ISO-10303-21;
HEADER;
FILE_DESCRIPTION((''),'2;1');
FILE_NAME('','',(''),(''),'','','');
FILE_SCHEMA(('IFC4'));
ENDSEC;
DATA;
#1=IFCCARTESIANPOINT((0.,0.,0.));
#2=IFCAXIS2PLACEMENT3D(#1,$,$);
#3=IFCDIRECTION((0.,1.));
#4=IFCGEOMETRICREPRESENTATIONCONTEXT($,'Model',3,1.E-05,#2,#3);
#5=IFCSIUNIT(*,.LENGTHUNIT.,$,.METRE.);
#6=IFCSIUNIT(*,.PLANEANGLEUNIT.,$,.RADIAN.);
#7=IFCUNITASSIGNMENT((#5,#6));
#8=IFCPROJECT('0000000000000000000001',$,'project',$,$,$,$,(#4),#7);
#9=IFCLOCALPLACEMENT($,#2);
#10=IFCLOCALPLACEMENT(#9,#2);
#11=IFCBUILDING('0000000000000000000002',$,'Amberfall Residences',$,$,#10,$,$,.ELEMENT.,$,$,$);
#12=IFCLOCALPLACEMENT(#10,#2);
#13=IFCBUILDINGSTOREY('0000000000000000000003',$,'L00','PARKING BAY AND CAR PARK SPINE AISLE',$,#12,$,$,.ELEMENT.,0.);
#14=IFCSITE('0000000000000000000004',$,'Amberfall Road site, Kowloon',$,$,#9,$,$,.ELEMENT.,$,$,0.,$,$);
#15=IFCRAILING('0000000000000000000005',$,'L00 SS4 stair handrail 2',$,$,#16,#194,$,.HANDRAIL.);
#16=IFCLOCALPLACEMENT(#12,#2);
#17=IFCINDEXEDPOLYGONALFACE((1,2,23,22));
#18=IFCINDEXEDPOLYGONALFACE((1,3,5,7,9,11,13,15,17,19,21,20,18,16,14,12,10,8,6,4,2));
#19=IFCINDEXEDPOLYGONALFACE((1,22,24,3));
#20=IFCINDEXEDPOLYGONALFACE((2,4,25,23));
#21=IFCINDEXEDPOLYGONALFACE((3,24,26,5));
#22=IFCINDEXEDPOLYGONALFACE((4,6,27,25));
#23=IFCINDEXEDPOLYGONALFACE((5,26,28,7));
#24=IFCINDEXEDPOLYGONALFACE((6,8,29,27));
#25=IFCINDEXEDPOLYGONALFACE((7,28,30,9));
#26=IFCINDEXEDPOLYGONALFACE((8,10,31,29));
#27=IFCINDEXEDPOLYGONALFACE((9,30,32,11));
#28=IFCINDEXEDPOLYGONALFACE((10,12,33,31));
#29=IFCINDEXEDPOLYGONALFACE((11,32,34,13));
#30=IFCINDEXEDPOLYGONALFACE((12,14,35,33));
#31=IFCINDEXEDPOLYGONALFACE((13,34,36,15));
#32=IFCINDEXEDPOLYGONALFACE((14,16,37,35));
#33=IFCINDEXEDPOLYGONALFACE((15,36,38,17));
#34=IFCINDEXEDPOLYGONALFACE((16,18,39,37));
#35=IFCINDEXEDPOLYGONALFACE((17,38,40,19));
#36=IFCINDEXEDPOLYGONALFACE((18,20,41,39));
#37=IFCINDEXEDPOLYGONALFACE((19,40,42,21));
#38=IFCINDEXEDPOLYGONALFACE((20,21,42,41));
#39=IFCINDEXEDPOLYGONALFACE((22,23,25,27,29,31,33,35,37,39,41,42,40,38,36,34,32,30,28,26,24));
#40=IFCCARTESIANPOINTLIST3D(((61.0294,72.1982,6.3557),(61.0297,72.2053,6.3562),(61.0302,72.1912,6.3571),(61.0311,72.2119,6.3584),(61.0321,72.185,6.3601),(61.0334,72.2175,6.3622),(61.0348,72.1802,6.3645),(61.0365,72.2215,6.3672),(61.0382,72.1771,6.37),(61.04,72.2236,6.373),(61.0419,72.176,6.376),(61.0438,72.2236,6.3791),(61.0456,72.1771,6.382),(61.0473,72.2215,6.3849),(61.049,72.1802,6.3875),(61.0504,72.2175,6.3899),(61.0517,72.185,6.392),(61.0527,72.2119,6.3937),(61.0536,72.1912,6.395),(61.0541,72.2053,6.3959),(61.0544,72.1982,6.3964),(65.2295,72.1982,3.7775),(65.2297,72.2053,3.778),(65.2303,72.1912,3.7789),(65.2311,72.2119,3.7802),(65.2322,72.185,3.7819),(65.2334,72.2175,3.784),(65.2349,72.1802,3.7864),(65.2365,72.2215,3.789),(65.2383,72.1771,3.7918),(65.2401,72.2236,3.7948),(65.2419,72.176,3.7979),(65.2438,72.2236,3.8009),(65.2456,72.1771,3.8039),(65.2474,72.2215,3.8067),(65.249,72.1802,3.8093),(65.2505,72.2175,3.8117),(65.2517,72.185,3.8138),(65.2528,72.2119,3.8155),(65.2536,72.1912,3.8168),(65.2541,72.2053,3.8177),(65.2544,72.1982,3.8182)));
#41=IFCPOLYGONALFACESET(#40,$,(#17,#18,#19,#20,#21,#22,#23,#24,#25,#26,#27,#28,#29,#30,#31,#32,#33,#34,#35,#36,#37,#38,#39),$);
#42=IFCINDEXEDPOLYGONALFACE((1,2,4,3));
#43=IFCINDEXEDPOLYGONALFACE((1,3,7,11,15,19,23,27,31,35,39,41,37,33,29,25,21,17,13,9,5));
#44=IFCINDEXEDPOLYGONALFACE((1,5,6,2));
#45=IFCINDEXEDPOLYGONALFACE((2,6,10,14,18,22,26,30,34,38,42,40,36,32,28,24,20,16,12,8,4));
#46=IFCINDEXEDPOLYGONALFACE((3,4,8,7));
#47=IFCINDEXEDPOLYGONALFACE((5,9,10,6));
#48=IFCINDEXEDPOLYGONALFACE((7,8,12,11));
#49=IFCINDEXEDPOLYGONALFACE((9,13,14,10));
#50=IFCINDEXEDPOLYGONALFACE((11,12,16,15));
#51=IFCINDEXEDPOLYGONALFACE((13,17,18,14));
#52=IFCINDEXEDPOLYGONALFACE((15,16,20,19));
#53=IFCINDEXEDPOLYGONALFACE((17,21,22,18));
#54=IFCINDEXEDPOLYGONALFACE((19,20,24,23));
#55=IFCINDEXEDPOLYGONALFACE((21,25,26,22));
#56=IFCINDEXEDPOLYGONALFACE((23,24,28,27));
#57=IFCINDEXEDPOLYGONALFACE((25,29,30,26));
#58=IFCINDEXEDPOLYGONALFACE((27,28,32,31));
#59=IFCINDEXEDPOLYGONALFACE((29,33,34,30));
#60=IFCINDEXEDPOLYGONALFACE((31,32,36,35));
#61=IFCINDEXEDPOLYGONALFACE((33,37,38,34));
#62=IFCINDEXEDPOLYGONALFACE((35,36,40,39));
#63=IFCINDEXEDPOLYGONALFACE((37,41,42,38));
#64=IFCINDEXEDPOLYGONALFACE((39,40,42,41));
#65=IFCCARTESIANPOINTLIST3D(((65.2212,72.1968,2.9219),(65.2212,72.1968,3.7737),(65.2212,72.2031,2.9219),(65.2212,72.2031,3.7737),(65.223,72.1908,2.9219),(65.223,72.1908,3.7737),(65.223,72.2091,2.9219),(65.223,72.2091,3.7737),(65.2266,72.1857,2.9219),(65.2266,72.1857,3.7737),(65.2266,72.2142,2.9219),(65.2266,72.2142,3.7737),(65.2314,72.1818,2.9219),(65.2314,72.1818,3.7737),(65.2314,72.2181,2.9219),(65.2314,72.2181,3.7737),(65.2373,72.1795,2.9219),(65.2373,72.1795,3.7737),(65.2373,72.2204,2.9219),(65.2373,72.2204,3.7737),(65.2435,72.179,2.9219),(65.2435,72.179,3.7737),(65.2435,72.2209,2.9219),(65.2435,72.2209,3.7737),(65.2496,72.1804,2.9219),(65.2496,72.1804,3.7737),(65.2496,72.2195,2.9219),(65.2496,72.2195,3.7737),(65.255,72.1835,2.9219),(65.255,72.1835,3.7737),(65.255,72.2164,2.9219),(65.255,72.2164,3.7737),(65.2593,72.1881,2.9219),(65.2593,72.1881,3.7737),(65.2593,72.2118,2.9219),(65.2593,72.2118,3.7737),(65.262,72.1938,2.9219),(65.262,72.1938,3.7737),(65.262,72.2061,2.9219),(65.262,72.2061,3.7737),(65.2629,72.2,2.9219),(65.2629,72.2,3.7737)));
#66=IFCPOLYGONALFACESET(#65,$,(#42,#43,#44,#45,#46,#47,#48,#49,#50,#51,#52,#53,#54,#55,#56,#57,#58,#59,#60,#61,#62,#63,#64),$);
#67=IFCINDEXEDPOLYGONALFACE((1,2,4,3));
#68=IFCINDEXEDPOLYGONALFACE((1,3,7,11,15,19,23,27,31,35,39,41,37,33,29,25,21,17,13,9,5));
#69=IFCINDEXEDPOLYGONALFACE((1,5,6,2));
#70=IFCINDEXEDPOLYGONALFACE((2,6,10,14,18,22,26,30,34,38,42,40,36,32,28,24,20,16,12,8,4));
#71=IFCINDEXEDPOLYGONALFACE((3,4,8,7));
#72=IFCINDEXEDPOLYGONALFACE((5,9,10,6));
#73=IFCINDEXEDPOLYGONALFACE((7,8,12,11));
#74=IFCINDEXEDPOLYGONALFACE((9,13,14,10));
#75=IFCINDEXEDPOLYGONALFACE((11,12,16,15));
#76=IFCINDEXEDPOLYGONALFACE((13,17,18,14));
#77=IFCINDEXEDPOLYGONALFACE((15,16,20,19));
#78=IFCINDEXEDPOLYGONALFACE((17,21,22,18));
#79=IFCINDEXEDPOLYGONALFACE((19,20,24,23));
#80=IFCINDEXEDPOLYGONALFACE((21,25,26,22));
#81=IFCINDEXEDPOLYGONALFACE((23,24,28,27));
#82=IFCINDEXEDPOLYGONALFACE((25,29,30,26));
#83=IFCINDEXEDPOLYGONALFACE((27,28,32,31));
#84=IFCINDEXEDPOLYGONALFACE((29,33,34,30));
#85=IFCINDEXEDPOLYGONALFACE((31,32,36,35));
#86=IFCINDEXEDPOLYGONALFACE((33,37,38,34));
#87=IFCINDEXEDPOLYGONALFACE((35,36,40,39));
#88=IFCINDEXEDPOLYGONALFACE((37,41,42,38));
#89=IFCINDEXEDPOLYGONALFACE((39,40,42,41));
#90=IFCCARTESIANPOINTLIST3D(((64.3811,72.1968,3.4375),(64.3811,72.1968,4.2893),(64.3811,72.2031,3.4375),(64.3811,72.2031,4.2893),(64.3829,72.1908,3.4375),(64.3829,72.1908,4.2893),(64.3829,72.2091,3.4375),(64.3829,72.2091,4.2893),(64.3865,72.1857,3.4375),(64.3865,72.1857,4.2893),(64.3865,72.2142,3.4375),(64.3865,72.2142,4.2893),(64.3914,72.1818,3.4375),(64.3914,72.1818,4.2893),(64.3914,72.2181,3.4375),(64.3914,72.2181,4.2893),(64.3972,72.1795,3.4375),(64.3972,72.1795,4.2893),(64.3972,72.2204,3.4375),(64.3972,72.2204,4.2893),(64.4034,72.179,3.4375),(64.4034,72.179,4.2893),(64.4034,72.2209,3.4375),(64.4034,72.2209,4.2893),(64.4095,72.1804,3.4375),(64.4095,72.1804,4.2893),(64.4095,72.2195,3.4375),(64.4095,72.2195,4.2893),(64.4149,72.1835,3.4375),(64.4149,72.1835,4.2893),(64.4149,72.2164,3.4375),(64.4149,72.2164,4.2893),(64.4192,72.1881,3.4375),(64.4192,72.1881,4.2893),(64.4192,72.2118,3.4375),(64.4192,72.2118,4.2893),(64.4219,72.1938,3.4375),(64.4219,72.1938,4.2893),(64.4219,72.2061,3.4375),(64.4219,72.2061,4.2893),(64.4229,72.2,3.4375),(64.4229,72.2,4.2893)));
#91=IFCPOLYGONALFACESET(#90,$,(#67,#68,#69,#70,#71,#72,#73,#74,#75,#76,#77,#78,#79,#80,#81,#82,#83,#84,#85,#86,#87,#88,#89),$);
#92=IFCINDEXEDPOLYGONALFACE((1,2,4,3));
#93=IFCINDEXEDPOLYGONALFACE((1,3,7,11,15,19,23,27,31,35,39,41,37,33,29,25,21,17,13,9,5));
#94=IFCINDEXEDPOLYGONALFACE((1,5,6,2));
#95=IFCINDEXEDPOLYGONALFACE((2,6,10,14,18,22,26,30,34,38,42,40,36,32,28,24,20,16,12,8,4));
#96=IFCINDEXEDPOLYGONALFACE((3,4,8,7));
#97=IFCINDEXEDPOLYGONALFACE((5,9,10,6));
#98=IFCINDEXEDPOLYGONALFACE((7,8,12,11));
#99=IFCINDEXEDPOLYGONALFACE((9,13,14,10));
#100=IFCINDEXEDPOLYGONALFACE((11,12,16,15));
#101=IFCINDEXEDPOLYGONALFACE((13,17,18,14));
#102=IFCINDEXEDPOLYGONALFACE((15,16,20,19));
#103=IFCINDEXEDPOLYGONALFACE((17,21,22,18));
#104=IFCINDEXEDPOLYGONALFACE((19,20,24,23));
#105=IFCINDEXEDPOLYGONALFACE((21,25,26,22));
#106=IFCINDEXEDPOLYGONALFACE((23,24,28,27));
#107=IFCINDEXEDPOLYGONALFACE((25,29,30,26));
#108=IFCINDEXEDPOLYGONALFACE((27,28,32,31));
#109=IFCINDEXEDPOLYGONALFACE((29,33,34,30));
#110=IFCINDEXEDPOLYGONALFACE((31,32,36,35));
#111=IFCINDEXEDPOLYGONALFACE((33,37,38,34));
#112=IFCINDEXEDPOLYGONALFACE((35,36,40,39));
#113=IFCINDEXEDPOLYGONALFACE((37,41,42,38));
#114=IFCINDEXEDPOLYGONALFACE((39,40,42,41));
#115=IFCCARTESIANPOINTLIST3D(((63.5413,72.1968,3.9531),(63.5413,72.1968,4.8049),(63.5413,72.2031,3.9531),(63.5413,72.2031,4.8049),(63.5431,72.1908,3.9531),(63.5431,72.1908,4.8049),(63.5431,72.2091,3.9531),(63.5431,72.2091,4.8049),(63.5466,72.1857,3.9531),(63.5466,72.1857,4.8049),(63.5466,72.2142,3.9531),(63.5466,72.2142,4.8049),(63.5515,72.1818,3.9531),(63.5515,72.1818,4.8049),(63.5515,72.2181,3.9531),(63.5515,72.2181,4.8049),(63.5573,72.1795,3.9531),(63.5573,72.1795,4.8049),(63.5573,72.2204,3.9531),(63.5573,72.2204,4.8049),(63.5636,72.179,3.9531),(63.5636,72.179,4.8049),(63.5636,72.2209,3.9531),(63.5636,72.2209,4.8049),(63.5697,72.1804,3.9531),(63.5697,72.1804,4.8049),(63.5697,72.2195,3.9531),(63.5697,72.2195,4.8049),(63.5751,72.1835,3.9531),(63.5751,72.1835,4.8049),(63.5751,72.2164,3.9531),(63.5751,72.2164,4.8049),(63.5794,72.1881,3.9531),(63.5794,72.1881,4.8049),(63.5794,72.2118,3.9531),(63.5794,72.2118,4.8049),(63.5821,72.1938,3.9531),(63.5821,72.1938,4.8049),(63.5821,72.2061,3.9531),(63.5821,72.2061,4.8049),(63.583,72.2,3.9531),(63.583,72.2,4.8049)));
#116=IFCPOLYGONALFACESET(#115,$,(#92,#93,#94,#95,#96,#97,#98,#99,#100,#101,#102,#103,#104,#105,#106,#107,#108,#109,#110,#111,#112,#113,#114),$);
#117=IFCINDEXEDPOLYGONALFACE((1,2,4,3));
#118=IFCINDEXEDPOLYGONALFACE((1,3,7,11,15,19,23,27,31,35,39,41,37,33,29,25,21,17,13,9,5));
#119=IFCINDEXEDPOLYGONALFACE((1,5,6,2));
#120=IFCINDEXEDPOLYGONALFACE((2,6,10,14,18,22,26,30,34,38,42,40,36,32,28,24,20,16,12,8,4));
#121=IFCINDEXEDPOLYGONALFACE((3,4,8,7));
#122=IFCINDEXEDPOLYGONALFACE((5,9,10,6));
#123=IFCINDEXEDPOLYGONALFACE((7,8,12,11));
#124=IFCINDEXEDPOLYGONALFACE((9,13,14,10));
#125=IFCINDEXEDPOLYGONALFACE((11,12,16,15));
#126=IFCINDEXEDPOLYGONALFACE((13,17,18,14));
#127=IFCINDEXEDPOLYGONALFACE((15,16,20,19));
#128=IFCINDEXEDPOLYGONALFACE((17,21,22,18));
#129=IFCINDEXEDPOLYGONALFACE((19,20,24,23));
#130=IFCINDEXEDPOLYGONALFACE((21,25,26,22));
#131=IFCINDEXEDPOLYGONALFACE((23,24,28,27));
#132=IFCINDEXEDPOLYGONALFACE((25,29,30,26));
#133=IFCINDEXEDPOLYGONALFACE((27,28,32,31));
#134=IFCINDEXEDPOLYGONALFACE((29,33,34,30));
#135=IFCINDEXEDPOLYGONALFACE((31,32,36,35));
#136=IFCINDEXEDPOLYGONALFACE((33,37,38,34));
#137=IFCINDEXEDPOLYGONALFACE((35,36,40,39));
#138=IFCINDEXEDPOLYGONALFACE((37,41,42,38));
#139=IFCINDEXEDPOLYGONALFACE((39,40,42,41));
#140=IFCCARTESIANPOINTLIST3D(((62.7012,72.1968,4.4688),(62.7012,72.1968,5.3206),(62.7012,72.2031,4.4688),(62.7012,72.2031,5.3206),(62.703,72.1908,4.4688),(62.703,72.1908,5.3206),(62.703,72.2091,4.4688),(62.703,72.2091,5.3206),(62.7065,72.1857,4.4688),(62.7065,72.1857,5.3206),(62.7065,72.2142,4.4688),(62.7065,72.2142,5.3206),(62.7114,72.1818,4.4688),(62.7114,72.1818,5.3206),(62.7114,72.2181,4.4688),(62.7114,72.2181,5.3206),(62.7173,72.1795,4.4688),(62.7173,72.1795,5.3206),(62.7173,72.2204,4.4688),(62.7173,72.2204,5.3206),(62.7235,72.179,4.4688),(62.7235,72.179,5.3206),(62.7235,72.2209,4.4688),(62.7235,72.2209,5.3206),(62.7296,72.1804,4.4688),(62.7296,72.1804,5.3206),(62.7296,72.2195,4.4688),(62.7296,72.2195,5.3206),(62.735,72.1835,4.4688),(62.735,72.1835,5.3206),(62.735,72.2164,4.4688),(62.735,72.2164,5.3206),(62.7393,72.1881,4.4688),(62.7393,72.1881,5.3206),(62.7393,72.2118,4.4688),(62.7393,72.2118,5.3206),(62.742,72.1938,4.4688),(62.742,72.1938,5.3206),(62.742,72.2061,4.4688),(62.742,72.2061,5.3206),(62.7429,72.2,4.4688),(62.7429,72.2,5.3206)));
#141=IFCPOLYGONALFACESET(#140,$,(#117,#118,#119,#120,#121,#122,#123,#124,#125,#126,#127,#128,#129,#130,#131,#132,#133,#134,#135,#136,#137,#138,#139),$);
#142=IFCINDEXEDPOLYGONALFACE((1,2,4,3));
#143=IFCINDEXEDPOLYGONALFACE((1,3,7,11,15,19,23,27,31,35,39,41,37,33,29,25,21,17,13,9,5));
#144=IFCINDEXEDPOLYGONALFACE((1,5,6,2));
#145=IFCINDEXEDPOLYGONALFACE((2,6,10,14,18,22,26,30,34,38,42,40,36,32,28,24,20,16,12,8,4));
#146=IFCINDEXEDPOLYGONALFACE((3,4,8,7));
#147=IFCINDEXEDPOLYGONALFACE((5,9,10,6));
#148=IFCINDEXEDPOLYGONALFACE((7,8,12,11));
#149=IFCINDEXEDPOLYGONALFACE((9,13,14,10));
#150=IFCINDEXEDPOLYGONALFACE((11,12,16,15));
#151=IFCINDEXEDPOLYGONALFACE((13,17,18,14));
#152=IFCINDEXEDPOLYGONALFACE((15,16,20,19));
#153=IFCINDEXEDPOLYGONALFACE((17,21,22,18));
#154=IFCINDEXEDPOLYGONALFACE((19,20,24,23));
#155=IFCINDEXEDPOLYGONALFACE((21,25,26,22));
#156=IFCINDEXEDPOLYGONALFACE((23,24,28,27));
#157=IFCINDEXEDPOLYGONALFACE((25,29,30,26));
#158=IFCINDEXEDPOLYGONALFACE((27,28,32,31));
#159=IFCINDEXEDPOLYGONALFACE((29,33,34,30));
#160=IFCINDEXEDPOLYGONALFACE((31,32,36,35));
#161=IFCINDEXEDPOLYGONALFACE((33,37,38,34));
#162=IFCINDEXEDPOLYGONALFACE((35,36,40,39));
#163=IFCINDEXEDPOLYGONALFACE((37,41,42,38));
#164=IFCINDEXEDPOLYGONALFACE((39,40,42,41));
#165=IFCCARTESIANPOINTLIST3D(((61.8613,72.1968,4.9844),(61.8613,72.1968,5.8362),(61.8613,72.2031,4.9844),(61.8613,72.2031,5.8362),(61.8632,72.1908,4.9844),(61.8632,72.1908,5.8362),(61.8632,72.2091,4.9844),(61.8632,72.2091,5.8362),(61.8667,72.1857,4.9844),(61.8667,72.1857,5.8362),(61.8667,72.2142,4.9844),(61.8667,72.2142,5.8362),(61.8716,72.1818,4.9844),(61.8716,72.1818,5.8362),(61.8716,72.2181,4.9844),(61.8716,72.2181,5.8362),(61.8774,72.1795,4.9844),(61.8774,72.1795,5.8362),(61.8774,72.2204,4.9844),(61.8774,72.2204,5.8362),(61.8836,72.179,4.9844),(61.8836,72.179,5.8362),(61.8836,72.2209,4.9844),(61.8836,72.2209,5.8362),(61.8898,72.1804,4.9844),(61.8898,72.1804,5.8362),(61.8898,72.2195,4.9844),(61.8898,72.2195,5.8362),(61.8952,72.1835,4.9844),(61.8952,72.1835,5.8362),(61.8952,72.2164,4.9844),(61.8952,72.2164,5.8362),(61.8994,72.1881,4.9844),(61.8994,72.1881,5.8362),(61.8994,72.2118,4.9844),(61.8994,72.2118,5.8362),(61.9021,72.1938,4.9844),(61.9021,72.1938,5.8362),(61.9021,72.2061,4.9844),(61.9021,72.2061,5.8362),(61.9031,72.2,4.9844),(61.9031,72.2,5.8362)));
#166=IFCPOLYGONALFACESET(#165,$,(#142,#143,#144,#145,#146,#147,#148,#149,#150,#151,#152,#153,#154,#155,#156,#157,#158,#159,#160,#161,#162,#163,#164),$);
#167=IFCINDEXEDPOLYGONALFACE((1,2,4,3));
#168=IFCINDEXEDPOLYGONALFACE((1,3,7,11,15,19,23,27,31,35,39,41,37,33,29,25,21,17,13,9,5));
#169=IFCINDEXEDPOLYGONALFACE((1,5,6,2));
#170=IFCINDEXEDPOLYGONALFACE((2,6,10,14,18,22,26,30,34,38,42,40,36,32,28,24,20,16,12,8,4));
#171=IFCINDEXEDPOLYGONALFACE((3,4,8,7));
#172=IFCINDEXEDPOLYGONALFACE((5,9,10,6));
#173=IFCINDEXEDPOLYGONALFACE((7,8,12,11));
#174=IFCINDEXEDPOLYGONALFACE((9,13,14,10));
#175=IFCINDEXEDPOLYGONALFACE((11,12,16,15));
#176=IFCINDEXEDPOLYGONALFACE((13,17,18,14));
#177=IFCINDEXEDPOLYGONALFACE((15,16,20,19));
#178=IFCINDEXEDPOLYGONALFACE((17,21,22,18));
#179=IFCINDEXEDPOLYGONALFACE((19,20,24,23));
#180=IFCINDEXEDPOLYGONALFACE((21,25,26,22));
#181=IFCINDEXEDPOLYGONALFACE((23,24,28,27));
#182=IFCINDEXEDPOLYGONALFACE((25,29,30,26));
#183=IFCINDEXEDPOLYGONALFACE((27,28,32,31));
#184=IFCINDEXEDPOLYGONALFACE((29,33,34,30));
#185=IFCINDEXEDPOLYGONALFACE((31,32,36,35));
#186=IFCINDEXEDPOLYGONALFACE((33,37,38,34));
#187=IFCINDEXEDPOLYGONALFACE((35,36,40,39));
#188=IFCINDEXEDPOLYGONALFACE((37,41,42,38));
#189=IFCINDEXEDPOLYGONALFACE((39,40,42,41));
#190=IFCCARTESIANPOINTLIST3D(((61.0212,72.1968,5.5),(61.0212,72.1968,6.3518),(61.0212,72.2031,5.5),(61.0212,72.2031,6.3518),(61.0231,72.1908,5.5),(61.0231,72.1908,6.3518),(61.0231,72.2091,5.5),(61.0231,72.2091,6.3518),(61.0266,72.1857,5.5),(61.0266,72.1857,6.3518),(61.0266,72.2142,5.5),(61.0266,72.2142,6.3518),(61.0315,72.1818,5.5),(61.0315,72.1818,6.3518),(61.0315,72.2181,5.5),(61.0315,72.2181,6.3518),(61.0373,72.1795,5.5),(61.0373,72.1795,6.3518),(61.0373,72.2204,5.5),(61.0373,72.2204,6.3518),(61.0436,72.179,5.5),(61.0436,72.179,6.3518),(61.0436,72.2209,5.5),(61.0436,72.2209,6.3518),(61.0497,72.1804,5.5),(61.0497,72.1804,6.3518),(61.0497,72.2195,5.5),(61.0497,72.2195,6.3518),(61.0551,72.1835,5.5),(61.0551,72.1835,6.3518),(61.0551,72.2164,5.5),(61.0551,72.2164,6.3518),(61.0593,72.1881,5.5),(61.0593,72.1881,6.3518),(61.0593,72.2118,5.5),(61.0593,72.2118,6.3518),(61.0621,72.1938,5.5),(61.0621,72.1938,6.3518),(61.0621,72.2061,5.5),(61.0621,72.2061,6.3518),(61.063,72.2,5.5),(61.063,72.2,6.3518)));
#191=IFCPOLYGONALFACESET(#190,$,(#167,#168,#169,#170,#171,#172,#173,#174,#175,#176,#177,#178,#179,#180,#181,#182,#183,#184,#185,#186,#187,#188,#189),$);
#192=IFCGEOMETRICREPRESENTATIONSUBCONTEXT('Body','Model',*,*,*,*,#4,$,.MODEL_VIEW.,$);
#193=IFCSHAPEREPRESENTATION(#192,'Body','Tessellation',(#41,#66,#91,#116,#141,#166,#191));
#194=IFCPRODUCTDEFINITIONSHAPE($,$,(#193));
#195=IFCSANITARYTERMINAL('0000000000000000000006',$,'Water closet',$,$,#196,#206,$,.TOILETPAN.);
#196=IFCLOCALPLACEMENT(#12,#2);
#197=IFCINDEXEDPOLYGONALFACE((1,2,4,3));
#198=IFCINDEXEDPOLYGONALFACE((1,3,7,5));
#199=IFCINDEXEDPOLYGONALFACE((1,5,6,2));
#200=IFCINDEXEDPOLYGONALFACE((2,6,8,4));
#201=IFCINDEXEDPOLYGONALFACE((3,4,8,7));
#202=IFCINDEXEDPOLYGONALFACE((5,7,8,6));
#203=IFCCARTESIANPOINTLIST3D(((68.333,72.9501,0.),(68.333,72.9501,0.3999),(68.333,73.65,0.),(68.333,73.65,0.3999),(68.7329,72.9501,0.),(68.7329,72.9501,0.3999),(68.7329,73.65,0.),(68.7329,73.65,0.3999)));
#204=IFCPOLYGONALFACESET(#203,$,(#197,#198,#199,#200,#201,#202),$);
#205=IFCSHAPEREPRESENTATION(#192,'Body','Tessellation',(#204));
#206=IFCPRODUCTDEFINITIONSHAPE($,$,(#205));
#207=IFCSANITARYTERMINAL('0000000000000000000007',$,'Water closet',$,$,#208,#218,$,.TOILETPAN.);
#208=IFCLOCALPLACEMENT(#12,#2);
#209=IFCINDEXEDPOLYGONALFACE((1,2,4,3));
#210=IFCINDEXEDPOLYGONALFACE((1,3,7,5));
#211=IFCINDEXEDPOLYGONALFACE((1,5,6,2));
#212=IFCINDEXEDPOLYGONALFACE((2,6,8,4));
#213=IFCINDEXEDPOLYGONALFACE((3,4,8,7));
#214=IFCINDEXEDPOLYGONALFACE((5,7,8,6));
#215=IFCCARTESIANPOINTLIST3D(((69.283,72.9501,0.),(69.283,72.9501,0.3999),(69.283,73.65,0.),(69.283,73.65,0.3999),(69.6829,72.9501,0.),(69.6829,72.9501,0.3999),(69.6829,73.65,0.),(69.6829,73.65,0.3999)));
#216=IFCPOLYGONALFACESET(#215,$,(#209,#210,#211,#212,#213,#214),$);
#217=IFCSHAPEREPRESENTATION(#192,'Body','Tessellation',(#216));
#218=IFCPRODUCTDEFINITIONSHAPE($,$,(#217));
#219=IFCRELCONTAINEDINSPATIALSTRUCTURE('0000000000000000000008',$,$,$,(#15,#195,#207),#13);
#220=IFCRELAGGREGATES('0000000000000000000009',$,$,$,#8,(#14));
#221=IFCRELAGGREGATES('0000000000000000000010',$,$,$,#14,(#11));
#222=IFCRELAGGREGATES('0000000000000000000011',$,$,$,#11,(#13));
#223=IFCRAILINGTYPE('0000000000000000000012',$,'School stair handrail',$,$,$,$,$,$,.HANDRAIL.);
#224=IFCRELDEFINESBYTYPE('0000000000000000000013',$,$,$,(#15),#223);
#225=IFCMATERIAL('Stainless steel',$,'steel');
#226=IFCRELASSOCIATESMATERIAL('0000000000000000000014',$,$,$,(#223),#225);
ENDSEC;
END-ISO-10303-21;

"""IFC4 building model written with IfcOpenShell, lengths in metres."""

from ifc_helpers import new_model, si_unit, direction, frame, origin, origin_2d, place, context, subcontext, project, spatial, rectangle, circle, extrude, material, type_object, element, save


model = new_model("IFC4")

# Units and contexts
model_context = context("Model", 3, precision=1e-05, world=origin(), true_north=direction((0.0, 1.0)))
body_context = subcontext(model_context, "Body", "Model", "MODEL_VIEW")
ifc_project = project(units=[si_unit("LENGTHUNIT", "METRE"), si_unit("PLANEANGLEUNIT", "RADIAN")], contexts=[model_context])

# Site, building, storey
site_placement = place(None, origin())
site = spatial("IfcSite", under=ifc_project, at=site_placement, Name="Amberfall Road site, Kowloon", CompositionType="ELEMENT", RefElevation=0.0)
building_placement = place(site_placement, origin())
building = spatial("IfcBuilding", under=site, at=building_placement, Name="Amberfall Residences", CompositionType="ELEMENT")
storey_placement = place(building_placement, origin())
storey = spatial("IfcBuildingStorey", under=building, at=storey_placement, Name="L00", Description="PARKING BAY AND CAR PARK SPINE AISLE", CompositionType="ELEMENT", Elevation=0.0)

# Railing
ifc_material_1 = material(Name="Stainless steel", Category="steel")
railing_type_1 = type_object("IfcRailingType", Name="School stair handrail", PredefinedType="HANDRAIL", material=ifc_material_1)
railing_1_placement = place(storey_placement, frame((65.2419, 72.2, 2.9219)))
element("IfcRailing", 1, at=railing_1_placement, inside=storey, type_object=railing_type_1, Name="L00 SS4 stair handrail 2", PredefinedType="HANDRAIL", context=body_context, shape_type="SweptSolid", body=[
    extrude(circle(Radius=0.0239, at=origin_2d()), frame((0.0, 0.0, 0.876), z_axis=(-0.852243, 0.0, 0.523146), x_axis=(0.0, -1.0, 0.0)), (0.0, 0.0, 1.0), 4.9282),
    extrude(circle(Radius=0.021, at=origin_2d()), origin(), (0.0, 0.0, 1.0), 0.8518),
    extrude(circle(Radius=0.021, at=origin_2d()), frame((-0.8401, 0.0, 0.5156)), (0.0, 0.0, 1.0), 0.8518),
    extrude(circle(Radius=0.021, at=origin_2d()), frame((-1.6799, 0.0, 1.0312)), (0.0, 0.0, 1.0), 0.8518),
    extrude(circle(Radius=0.021, at=origin_2d()), frame((-2.52, 0.0, 1.5469)), (0.0, 0.0, 1.0), 0.8518),
    extrude(circle(Radius=0.021, at=origin_2d()), frame((-3.3599, 0.0, 2.0625)), (0.0, 0.0, 1.0), 0.8518),
    extrude(circle(Radius=0.021, at=origin_2d()), frame((-4.2, 0.0, 2.5781)), (0.0, 0.0, 1.0), 0.8518),
])

# Sanitary terminals
for number, where, z_axis, x_axis, name in (
    (2, (68.533, 73.3, 0.0), (0.0, 0.0, 1.0), (1.0, 0.0, 0.0), "Water closet"),
    (3, (69.4829, 73.3, 0.0), (0.0, 0.0, 1.0), (1.0, 0.0, 0.0), "Water closet"),
):
    element("IfcSanitaryTerminal", number, at=place(storey_placement, frame(where, z_axis=z_axis, x_axis=x_axis)), inside=storey, Name=name, PredefinedType="TOILETPAN", context=body_context, shape_type="SweptSolid", body=[
        extrude(rectangle(XDim=0.3999, YDim=0.7, at=origin_2d()), origin(), (0.0, 0.0, 1.0), 0.3999),
    ])

save(model, "model.ifc")
